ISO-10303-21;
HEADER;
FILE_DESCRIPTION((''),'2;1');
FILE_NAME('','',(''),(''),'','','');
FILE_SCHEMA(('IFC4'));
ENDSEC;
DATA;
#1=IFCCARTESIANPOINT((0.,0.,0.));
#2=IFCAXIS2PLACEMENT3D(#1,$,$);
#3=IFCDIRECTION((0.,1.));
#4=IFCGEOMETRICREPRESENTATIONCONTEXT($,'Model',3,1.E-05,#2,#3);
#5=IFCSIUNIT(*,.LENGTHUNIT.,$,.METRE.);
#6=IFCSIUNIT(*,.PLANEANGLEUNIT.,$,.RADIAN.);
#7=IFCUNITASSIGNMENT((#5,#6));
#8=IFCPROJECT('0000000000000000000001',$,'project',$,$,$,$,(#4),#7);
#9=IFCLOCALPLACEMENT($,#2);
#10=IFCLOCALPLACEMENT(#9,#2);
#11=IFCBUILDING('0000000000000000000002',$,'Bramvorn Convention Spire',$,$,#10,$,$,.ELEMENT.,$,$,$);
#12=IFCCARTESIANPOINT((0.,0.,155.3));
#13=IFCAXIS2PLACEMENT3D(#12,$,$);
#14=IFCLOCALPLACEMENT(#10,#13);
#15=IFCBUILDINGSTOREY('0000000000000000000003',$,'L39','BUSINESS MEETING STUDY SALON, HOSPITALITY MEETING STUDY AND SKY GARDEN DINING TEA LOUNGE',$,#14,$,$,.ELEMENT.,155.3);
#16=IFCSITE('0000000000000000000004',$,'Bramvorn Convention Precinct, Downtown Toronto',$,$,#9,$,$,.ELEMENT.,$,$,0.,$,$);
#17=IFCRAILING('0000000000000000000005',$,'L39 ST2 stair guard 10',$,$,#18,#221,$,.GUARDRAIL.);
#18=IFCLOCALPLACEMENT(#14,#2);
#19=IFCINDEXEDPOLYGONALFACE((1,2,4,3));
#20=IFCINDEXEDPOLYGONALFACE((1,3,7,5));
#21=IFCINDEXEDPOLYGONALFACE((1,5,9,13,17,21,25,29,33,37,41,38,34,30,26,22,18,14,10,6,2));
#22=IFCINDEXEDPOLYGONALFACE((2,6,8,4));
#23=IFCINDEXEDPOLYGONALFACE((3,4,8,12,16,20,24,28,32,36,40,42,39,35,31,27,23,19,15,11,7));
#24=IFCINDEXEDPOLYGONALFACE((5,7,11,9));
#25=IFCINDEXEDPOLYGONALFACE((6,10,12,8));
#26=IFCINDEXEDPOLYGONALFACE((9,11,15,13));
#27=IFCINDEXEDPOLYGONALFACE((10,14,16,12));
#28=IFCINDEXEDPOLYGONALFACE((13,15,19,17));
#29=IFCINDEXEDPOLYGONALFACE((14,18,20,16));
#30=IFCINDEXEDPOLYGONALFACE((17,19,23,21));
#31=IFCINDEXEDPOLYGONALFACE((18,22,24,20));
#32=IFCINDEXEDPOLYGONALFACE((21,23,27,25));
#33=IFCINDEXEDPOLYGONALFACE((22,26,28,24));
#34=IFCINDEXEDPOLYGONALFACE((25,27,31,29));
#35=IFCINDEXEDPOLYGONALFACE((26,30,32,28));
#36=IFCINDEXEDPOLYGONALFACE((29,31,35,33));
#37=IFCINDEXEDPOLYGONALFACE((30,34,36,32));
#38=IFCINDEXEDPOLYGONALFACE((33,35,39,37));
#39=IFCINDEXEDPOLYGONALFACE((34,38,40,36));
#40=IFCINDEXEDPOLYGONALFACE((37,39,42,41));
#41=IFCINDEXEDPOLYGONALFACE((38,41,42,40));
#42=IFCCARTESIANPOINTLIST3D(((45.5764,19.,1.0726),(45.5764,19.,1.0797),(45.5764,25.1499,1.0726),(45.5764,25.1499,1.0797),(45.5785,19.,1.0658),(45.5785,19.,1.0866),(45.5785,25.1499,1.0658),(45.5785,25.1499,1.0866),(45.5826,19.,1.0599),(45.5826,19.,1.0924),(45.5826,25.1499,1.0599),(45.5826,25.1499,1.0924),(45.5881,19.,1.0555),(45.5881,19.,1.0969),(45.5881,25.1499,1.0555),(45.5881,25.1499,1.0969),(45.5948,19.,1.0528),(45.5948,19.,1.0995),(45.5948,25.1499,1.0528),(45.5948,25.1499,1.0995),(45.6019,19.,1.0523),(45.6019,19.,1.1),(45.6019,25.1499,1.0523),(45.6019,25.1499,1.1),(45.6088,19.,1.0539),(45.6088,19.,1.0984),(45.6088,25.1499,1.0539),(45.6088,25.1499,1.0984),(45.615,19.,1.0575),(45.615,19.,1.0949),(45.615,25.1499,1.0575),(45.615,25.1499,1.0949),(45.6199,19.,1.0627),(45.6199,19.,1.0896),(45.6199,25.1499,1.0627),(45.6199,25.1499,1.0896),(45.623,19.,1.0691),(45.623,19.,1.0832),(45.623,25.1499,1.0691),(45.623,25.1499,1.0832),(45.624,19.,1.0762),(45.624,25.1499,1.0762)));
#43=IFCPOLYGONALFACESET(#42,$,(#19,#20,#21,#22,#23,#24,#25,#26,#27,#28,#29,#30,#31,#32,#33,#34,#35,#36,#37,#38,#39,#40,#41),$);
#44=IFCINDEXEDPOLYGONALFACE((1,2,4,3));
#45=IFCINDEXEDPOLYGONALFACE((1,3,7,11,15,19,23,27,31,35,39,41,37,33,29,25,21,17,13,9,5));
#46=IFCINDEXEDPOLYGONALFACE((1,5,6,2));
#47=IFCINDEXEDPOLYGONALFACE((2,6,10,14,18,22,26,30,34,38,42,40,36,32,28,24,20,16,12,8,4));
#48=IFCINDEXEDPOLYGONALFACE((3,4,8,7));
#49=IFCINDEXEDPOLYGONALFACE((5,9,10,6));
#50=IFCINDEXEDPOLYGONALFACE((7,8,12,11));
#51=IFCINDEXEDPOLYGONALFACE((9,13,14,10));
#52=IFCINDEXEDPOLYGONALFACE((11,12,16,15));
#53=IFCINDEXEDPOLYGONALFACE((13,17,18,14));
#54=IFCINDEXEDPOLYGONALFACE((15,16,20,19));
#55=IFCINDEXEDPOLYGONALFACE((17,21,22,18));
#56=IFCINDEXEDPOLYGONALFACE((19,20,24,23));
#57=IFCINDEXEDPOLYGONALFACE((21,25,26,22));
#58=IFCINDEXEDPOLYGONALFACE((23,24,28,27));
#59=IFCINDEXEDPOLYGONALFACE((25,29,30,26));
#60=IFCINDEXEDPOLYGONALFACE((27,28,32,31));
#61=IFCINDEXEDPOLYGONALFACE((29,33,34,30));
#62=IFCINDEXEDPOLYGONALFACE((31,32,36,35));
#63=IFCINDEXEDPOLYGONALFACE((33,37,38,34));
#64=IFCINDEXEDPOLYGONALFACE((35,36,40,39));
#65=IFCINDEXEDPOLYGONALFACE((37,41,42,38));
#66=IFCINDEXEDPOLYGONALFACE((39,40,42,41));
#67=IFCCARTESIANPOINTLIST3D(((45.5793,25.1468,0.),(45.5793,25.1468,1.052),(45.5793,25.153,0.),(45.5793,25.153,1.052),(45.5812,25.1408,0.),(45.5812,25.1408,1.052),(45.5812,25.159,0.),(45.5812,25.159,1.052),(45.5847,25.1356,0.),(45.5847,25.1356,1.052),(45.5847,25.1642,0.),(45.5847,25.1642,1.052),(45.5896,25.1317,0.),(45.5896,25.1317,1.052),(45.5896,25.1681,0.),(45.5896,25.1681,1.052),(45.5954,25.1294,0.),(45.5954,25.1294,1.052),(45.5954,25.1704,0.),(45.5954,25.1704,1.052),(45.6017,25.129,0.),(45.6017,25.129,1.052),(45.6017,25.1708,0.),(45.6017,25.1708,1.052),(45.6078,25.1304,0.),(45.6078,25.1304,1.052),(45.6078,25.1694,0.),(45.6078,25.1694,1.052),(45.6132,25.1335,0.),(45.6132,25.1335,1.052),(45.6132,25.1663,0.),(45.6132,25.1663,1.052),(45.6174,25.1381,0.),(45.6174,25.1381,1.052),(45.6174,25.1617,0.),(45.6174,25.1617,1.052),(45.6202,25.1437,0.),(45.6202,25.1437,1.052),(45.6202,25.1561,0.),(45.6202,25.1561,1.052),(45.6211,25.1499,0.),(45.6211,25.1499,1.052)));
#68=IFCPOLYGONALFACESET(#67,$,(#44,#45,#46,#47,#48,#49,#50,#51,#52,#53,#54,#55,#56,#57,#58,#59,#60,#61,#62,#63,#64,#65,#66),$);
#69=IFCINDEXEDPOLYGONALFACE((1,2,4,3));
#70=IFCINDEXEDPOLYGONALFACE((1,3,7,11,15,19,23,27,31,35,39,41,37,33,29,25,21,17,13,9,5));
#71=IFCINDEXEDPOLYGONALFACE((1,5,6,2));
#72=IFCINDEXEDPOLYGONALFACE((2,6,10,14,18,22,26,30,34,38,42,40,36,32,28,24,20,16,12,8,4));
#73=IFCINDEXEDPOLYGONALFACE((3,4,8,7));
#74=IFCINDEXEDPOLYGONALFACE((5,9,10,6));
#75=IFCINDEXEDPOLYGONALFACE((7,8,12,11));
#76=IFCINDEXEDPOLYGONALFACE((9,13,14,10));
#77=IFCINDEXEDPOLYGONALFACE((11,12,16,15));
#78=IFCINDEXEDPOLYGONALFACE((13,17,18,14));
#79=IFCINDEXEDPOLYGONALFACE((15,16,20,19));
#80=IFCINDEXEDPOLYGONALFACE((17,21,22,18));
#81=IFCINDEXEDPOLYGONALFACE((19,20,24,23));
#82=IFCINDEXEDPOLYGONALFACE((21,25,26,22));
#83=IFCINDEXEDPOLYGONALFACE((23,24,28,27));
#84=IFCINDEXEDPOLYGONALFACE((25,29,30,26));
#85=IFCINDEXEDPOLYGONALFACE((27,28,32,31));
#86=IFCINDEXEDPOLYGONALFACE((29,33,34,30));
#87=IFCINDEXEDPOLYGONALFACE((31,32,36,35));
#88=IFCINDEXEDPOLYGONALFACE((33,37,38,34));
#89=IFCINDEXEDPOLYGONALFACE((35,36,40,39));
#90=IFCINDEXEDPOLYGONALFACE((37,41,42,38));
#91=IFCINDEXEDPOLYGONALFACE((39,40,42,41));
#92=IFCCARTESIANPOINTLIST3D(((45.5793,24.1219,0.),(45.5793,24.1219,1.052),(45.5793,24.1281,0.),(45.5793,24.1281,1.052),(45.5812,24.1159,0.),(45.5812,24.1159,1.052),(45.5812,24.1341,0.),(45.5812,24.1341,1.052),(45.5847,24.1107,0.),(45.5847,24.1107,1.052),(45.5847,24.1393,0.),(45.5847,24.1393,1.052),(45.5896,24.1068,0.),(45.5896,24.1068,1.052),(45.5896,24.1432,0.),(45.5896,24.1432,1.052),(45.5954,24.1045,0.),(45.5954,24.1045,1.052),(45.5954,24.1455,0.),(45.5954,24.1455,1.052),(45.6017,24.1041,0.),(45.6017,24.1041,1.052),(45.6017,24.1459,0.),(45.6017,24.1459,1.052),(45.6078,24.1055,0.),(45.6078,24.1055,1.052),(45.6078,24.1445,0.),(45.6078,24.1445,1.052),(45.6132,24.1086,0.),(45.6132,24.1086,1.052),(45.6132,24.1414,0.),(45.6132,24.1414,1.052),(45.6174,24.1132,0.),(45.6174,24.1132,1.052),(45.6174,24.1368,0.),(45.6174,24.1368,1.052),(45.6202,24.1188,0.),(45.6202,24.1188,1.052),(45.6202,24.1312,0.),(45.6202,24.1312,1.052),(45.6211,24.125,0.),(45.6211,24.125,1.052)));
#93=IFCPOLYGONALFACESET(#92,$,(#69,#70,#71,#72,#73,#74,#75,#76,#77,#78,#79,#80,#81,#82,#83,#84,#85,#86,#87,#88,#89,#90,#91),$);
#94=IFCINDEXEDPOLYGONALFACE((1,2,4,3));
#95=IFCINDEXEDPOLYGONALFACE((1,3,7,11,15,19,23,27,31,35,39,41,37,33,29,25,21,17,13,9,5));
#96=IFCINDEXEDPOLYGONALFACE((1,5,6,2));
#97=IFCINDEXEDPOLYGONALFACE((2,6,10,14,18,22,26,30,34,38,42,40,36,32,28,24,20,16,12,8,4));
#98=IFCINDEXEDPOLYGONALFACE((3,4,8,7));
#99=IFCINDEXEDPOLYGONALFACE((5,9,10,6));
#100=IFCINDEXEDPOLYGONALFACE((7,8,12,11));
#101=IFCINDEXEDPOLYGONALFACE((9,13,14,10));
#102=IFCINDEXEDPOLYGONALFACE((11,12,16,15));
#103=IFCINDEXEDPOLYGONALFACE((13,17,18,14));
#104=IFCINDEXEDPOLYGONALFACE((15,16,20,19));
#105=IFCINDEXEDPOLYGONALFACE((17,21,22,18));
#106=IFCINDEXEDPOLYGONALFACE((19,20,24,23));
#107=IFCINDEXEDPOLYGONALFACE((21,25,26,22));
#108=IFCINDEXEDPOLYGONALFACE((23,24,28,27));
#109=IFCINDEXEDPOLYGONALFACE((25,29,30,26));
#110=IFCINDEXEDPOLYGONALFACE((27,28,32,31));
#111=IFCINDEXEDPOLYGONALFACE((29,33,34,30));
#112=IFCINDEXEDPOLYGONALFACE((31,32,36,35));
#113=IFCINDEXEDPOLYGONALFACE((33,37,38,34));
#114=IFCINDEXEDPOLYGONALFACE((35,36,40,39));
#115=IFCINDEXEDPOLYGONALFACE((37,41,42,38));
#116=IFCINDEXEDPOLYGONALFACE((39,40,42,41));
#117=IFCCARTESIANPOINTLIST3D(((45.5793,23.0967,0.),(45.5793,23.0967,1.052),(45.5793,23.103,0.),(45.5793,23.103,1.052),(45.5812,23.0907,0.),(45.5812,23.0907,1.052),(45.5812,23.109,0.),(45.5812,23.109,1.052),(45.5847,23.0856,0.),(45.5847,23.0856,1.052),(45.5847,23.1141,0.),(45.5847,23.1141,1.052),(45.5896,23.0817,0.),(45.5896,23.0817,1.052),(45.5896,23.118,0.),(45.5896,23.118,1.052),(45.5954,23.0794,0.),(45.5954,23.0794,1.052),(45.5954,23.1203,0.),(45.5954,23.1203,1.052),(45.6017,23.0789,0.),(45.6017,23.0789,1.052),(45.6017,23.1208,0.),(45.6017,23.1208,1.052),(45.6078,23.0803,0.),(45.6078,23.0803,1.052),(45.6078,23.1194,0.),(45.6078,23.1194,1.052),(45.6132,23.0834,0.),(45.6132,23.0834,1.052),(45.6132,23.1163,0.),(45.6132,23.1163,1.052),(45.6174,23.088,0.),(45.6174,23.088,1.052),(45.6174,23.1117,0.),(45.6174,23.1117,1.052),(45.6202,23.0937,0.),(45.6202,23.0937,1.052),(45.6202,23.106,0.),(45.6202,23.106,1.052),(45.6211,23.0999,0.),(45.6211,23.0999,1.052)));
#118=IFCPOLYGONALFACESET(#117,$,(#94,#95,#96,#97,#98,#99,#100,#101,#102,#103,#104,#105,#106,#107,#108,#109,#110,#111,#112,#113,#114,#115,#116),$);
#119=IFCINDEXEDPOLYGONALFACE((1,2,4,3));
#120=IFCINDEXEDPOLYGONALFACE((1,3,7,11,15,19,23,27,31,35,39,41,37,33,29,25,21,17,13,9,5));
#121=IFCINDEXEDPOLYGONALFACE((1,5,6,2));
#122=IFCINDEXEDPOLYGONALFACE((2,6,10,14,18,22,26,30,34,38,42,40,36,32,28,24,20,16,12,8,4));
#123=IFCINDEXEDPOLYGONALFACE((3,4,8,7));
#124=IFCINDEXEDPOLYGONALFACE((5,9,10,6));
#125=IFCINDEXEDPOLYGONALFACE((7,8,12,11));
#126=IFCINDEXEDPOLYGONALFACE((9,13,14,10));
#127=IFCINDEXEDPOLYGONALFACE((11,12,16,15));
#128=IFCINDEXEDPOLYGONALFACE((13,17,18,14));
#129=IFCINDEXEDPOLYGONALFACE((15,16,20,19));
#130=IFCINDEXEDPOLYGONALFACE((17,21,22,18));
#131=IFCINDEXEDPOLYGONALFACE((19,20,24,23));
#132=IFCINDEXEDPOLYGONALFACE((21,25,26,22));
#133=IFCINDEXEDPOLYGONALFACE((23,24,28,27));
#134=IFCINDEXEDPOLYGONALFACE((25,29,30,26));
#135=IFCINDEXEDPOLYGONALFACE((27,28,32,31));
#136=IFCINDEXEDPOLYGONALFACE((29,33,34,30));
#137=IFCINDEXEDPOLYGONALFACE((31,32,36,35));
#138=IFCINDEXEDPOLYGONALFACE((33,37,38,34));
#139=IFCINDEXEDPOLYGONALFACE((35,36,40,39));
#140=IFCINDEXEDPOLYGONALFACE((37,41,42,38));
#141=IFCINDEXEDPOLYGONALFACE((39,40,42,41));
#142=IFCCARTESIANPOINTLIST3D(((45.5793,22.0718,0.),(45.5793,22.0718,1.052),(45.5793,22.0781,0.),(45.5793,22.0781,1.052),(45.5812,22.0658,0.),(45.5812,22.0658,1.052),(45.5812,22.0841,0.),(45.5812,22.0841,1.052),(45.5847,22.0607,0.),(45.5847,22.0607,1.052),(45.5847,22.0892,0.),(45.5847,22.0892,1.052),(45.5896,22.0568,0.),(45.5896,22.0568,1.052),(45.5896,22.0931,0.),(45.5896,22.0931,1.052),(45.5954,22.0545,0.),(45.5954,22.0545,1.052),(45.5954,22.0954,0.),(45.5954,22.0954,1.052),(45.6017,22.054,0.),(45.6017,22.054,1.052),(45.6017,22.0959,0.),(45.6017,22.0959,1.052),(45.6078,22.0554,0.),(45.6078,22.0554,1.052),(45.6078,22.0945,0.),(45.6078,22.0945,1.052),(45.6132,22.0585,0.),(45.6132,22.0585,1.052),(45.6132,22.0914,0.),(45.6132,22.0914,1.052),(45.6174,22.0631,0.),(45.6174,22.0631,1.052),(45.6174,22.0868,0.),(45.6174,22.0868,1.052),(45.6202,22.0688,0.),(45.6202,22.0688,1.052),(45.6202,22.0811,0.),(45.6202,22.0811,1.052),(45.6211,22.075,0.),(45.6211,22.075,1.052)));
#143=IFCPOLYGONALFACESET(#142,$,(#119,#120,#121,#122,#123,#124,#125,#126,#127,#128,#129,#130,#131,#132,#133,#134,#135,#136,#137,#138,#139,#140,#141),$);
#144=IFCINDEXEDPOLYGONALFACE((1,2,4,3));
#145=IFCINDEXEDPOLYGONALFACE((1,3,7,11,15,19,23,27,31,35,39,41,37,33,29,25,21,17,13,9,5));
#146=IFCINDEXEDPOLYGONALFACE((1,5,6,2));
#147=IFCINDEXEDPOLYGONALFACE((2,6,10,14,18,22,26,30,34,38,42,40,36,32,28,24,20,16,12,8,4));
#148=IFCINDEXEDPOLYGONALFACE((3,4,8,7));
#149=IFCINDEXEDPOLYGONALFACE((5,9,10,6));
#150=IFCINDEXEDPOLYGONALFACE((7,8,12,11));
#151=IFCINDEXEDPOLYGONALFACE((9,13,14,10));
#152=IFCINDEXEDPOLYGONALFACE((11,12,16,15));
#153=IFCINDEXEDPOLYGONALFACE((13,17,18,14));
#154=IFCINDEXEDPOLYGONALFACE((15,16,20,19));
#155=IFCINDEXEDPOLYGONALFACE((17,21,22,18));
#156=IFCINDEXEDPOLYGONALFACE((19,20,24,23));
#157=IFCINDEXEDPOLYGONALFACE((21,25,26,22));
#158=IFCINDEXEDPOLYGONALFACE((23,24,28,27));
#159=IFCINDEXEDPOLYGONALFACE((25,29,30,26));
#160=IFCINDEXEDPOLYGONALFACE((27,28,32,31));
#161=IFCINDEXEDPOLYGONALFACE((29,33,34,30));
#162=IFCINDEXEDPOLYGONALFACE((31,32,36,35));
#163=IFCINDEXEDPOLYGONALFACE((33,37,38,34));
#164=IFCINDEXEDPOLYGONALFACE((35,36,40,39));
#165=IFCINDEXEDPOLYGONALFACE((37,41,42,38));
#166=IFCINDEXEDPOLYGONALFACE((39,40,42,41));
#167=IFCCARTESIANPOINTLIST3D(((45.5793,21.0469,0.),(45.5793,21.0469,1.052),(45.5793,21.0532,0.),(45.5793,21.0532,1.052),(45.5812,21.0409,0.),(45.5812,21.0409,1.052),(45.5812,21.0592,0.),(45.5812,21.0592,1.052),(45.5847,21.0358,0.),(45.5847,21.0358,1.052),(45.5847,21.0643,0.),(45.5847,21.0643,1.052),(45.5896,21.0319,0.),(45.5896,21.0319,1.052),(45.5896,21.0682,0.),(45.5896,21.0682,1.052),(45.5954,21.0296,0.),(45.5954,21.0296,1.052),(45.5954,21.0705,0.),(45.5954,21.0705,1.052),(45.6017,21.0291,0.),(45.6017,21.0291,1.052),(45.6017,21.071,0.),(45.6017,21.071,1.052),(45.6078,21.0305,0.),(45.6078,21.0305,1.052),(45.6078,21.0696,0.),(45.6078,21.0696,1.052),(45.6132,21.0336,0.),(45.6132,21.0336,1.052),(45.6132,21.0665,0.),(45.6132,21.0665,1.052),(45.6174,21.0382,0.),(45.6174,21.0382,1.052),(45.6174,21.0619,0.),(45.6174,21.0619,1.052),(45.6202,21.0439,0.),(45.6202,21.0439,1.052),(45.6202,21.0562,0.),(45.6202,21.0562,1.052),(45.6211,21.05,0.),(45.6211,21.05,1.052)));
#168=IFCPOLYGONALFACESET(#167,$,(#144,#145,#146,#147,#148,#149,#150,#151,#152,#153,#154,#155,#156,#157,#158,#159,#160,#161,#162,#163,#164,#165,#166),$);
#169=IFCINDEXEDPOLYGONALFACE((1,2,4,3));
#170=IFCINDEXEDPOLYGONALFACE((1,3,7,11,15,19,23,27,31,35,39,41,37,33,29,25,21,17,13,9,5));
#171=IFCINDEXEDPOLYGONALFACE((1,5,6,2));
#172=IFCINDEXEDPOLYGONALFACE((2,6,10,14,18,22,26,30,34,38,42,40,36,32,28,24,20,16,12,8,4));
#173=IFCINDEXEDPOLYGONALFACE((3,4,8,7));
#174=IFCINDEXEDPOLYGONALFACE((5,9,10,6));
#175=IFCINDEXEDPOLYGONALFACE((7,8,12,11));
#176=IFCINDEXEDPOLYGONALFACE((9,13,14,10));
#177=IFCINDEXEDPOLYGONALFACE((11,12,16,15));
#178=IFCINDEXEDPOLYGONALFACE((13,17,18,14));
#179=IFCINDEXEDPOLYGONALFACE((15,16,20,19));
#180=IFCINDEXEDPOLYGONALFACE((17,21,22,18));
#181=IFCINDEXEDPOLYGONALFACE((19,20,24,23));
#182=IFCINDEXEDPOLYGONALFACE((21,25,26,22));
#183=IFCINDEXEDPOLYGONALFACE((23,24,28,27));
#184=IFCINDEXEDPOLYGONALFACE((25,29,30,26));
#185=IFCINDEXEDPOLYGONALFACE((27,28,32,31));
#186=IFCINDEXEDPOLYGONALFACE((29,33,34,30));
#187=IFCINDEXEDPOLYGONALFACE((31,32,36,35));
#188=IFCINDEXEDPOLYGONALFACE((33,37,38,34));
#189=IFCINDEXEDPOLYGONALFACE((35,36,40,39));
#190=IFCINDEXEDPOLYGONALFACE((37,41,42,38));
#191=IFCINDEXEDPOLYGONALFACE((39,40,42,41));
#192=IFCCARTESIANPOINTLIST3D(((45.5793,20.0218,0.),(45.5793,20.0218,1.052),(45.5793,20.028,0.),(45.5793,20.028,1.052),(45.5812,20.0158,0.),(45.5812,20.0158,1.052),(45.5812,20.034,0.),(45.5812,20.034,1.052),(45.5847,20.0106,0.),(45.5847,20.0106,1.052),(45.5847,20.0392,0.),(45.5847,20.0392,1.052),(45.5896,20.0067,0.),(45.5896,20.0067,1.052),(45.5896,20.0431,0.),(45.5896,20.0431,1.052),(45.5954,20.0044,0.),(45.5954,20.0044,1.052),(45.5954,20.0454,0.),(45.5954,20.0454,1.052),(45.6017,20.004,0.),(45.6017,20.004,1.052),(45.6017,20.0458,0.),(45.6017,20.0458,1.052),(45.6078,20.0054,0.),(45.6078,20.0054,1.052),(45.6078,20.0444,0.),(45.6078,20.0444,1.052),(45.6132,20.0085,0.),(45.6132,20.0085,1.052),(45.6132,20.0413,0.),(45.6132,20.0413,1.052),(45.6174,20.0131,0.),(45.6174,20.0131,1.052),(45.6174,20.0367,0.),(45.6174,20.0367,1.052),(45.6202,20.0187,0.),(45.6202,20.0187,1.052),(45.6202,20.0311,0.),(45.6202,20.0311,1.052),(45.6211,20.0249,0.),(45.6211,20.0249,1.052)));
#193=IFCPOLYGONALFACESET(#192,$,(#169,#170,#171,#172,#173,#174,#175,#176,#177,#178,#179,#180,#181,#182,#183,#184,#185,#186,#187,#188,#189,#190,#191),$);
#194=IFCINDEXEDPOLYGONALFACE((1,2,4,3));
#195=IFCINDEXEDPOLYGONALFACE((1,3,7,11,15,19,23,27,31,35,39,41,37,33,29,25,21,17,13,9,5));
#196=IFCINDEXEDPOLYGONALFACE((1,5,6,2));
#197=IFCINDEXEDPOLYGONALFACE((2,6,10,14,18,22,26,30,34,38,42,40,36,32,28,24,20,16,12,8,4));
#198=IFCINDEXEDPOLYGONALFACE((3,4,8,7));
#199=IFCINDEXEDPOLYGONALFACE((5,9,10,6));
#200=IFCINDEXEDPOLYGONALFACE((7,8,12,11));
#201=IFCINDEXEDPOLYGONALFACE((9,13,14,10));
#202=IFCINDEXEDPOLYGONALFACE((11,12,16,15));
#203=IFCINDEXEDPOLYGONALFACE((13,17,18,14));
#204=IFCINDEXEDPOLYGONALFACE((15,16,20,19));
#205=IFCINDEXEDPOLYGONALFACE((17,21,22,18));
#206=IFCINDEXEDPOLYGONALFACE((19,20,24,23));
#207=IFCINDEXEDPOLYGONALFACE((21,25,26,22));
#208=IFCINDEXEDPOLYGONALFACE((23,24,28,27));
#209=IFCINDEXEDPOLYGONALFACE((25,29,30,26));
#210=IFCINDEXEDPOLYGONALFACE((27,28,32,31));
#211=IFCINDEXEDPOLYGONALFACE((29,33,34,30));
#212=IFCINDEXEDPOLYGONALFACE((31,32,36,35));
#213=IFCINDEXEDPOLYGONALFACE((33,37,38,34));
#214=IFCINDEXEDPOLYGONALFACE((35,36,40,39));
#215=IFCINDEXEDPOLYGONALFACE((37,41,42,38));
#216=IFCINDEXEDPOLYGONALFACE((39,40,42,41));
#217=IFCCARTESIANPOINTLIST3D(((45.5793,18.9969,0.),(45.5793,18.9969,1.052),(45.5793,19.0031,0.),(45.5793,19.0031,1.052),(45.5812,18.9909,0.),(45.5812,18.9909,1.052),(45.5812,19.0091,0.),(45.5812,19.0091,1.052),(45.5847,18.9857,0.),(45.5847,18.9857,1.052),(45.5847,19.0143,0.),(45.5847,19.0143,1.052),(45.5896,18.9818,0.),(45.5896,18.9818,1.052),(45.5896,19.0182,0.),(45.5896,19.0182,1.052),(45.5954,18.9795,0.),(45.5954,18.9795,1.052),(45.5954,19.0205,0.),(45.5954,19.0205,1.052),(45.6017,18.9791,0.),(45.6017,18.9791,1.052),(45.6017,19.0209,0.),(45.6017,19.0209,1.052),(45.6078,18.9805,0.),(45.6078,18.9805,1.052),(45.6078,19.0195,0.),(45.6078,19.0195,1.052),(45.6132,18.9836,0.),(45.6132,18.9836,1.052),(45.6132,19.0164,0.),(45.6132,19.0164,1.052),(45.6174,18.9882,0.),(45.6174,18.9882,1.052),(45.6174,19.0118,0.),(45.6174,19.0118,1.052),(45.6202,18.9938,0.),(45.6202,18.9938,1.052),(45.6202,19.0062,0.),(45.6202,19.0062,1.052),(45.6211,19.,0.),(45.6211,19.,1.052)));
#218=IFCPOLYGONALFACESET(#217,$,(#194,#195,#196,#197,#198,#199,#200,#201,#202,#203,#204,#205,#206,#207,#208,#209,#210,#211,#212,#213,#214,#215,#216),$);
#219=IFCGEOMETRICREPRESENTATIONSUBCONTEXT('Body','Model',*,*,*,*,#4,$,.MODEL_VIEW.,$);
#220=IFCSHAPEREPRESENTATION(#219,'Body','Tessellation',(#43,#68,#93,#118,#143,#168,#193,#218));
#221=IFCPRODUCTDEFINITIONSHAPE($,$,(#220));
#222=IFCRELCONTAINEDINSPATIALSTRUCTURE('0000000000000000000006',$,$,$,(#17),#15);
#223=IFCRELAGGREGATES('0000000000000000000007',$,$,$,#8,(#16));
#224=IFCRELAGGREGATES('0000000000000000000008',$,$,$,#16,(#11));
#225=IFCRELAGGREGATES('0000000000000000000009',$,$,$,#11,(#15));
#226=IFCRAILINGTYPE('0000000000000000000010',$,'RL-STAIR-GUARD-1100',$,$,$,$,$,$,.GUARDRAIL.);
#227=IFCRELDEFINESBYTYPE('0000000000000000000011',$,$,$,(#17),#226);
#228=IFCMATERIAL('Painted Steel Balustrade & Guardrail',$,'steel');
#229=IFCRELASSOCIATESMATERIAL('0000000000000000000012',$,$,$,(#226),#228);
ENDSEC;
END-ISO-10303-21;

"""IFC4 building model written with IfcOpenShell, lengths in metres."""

from ifc_helpers import new_model, si_unit, direction, frame, origin, origin_2d, place, context, subcontext, project, spatial, circle, extrude, material, type_object, element, save


model = new_model("IFC4")

# Units and contexts
model_context = context("Model", 3, precision=1e-05, world=origin(), true_north=direction((0.0, 1.0)))
body_context = subcontext(model_context, "Body", "Model", "MODEL_VIEW")
ifc_project = project(units=[si_unit("LENGTHUNIT", "METRE"), si_unit("PLANEANGLEUNIT", "RADIAN")], contexts=[model_context])

# Site, building, storey
site_placement = place(None, origin())
site = spatial("IfcSite", under=ifc_project, at=site_placement, Name="Bramvorn Convention Precinct, Downtown Toronto", CompositionType="ELEMENT", RefElevation=0.0)
building_placement = place(site_placement, origin())
building = spatial("IfcBuilding", under=site, at=building_placement, Name="Bramvorn Convention Spire", CompositionType="ELEMENT")
storey_placement = place(building_placement, frame((0.0, 0.0, 155.3)))
storey = spatial("IfcBuildingStorey", under=building, at=storey_placement, Name="L39", Description="BUSINESS MEETING STUDY SALON, HOSPITALITY MEETING STUDY AND SKY GARDEN DINING TEA LOUNGE", CompositionType="ELEMENT", Elevation=155.3)

# Railing
ifc_material_1 = material(Name="Painted Steel Balustrade & Guardrail", Category="steel")
railing_type_1 = type_object("IfcRailingType", Name="RL-STAIR-GUARD-1100", PredefinedType="GUARDRAIL", material=ifc_material_1)
railing_1_placement = place(storey_placement, frame((45.6001, 25.1499, 0.0)))
element("IfcRailing", 1, at=railing_1_placement, inside=storey, type_object=railing_type_1, Name="L39 ST2 stair guard 10", PredefinedType="GUARDRAIL", context=body_context, shape_type="SweptSolid", body=[
    extrude(circle(Radius=0.0239, at=origin_2d()), frame((0.0, 0.0, 1.0762), z_axis=(0.0, -1.0, 0.0), x_axis=(1.0, 0.0, 0.0)), (0.0, 0.0, 1.0), 6.1499),
    extrude(circle(Radius=0.021, at=origin_2d()), origin(), (0.0, 0.0, 1.0), 1.052),
    extrude(circle(Radius=0.021, at=origin_2d()), frame((0.0, -1.0249, 0.0)), (0.0, 0.0, 1.0), 1.052),
    extrude(circle(Radius=0.021, at=origin_2d()), frame((0.0, -2.05, 0.0)), (0.0, 0.0, 1.0), 1.052),
    extrude(circle(Radius=0.021, at=origin_2d()), frame((0.0, -3.075, 0.0)), (0.0, 0.0, 1.0), 1.052),
    extrude(circle(Radius=0.021, at=origin_2d()), frame((0.0, -4.0999, 0.0)), (0.0, 0.0, 1.0), 1.052),
    extrude(circle(Radius=0.021, at=origin_2d()), frame((0.0, -5.125, 0.0)), (0.0, 0.0, 1.0), 1.052),
    extrude(circle(Radius=0.021, at=origin_2d()), frame((0.0, -6.1499, 0.0)), (0.0, 0.0, 1.0), 1.052),
])

save(model, "model.ifc")
